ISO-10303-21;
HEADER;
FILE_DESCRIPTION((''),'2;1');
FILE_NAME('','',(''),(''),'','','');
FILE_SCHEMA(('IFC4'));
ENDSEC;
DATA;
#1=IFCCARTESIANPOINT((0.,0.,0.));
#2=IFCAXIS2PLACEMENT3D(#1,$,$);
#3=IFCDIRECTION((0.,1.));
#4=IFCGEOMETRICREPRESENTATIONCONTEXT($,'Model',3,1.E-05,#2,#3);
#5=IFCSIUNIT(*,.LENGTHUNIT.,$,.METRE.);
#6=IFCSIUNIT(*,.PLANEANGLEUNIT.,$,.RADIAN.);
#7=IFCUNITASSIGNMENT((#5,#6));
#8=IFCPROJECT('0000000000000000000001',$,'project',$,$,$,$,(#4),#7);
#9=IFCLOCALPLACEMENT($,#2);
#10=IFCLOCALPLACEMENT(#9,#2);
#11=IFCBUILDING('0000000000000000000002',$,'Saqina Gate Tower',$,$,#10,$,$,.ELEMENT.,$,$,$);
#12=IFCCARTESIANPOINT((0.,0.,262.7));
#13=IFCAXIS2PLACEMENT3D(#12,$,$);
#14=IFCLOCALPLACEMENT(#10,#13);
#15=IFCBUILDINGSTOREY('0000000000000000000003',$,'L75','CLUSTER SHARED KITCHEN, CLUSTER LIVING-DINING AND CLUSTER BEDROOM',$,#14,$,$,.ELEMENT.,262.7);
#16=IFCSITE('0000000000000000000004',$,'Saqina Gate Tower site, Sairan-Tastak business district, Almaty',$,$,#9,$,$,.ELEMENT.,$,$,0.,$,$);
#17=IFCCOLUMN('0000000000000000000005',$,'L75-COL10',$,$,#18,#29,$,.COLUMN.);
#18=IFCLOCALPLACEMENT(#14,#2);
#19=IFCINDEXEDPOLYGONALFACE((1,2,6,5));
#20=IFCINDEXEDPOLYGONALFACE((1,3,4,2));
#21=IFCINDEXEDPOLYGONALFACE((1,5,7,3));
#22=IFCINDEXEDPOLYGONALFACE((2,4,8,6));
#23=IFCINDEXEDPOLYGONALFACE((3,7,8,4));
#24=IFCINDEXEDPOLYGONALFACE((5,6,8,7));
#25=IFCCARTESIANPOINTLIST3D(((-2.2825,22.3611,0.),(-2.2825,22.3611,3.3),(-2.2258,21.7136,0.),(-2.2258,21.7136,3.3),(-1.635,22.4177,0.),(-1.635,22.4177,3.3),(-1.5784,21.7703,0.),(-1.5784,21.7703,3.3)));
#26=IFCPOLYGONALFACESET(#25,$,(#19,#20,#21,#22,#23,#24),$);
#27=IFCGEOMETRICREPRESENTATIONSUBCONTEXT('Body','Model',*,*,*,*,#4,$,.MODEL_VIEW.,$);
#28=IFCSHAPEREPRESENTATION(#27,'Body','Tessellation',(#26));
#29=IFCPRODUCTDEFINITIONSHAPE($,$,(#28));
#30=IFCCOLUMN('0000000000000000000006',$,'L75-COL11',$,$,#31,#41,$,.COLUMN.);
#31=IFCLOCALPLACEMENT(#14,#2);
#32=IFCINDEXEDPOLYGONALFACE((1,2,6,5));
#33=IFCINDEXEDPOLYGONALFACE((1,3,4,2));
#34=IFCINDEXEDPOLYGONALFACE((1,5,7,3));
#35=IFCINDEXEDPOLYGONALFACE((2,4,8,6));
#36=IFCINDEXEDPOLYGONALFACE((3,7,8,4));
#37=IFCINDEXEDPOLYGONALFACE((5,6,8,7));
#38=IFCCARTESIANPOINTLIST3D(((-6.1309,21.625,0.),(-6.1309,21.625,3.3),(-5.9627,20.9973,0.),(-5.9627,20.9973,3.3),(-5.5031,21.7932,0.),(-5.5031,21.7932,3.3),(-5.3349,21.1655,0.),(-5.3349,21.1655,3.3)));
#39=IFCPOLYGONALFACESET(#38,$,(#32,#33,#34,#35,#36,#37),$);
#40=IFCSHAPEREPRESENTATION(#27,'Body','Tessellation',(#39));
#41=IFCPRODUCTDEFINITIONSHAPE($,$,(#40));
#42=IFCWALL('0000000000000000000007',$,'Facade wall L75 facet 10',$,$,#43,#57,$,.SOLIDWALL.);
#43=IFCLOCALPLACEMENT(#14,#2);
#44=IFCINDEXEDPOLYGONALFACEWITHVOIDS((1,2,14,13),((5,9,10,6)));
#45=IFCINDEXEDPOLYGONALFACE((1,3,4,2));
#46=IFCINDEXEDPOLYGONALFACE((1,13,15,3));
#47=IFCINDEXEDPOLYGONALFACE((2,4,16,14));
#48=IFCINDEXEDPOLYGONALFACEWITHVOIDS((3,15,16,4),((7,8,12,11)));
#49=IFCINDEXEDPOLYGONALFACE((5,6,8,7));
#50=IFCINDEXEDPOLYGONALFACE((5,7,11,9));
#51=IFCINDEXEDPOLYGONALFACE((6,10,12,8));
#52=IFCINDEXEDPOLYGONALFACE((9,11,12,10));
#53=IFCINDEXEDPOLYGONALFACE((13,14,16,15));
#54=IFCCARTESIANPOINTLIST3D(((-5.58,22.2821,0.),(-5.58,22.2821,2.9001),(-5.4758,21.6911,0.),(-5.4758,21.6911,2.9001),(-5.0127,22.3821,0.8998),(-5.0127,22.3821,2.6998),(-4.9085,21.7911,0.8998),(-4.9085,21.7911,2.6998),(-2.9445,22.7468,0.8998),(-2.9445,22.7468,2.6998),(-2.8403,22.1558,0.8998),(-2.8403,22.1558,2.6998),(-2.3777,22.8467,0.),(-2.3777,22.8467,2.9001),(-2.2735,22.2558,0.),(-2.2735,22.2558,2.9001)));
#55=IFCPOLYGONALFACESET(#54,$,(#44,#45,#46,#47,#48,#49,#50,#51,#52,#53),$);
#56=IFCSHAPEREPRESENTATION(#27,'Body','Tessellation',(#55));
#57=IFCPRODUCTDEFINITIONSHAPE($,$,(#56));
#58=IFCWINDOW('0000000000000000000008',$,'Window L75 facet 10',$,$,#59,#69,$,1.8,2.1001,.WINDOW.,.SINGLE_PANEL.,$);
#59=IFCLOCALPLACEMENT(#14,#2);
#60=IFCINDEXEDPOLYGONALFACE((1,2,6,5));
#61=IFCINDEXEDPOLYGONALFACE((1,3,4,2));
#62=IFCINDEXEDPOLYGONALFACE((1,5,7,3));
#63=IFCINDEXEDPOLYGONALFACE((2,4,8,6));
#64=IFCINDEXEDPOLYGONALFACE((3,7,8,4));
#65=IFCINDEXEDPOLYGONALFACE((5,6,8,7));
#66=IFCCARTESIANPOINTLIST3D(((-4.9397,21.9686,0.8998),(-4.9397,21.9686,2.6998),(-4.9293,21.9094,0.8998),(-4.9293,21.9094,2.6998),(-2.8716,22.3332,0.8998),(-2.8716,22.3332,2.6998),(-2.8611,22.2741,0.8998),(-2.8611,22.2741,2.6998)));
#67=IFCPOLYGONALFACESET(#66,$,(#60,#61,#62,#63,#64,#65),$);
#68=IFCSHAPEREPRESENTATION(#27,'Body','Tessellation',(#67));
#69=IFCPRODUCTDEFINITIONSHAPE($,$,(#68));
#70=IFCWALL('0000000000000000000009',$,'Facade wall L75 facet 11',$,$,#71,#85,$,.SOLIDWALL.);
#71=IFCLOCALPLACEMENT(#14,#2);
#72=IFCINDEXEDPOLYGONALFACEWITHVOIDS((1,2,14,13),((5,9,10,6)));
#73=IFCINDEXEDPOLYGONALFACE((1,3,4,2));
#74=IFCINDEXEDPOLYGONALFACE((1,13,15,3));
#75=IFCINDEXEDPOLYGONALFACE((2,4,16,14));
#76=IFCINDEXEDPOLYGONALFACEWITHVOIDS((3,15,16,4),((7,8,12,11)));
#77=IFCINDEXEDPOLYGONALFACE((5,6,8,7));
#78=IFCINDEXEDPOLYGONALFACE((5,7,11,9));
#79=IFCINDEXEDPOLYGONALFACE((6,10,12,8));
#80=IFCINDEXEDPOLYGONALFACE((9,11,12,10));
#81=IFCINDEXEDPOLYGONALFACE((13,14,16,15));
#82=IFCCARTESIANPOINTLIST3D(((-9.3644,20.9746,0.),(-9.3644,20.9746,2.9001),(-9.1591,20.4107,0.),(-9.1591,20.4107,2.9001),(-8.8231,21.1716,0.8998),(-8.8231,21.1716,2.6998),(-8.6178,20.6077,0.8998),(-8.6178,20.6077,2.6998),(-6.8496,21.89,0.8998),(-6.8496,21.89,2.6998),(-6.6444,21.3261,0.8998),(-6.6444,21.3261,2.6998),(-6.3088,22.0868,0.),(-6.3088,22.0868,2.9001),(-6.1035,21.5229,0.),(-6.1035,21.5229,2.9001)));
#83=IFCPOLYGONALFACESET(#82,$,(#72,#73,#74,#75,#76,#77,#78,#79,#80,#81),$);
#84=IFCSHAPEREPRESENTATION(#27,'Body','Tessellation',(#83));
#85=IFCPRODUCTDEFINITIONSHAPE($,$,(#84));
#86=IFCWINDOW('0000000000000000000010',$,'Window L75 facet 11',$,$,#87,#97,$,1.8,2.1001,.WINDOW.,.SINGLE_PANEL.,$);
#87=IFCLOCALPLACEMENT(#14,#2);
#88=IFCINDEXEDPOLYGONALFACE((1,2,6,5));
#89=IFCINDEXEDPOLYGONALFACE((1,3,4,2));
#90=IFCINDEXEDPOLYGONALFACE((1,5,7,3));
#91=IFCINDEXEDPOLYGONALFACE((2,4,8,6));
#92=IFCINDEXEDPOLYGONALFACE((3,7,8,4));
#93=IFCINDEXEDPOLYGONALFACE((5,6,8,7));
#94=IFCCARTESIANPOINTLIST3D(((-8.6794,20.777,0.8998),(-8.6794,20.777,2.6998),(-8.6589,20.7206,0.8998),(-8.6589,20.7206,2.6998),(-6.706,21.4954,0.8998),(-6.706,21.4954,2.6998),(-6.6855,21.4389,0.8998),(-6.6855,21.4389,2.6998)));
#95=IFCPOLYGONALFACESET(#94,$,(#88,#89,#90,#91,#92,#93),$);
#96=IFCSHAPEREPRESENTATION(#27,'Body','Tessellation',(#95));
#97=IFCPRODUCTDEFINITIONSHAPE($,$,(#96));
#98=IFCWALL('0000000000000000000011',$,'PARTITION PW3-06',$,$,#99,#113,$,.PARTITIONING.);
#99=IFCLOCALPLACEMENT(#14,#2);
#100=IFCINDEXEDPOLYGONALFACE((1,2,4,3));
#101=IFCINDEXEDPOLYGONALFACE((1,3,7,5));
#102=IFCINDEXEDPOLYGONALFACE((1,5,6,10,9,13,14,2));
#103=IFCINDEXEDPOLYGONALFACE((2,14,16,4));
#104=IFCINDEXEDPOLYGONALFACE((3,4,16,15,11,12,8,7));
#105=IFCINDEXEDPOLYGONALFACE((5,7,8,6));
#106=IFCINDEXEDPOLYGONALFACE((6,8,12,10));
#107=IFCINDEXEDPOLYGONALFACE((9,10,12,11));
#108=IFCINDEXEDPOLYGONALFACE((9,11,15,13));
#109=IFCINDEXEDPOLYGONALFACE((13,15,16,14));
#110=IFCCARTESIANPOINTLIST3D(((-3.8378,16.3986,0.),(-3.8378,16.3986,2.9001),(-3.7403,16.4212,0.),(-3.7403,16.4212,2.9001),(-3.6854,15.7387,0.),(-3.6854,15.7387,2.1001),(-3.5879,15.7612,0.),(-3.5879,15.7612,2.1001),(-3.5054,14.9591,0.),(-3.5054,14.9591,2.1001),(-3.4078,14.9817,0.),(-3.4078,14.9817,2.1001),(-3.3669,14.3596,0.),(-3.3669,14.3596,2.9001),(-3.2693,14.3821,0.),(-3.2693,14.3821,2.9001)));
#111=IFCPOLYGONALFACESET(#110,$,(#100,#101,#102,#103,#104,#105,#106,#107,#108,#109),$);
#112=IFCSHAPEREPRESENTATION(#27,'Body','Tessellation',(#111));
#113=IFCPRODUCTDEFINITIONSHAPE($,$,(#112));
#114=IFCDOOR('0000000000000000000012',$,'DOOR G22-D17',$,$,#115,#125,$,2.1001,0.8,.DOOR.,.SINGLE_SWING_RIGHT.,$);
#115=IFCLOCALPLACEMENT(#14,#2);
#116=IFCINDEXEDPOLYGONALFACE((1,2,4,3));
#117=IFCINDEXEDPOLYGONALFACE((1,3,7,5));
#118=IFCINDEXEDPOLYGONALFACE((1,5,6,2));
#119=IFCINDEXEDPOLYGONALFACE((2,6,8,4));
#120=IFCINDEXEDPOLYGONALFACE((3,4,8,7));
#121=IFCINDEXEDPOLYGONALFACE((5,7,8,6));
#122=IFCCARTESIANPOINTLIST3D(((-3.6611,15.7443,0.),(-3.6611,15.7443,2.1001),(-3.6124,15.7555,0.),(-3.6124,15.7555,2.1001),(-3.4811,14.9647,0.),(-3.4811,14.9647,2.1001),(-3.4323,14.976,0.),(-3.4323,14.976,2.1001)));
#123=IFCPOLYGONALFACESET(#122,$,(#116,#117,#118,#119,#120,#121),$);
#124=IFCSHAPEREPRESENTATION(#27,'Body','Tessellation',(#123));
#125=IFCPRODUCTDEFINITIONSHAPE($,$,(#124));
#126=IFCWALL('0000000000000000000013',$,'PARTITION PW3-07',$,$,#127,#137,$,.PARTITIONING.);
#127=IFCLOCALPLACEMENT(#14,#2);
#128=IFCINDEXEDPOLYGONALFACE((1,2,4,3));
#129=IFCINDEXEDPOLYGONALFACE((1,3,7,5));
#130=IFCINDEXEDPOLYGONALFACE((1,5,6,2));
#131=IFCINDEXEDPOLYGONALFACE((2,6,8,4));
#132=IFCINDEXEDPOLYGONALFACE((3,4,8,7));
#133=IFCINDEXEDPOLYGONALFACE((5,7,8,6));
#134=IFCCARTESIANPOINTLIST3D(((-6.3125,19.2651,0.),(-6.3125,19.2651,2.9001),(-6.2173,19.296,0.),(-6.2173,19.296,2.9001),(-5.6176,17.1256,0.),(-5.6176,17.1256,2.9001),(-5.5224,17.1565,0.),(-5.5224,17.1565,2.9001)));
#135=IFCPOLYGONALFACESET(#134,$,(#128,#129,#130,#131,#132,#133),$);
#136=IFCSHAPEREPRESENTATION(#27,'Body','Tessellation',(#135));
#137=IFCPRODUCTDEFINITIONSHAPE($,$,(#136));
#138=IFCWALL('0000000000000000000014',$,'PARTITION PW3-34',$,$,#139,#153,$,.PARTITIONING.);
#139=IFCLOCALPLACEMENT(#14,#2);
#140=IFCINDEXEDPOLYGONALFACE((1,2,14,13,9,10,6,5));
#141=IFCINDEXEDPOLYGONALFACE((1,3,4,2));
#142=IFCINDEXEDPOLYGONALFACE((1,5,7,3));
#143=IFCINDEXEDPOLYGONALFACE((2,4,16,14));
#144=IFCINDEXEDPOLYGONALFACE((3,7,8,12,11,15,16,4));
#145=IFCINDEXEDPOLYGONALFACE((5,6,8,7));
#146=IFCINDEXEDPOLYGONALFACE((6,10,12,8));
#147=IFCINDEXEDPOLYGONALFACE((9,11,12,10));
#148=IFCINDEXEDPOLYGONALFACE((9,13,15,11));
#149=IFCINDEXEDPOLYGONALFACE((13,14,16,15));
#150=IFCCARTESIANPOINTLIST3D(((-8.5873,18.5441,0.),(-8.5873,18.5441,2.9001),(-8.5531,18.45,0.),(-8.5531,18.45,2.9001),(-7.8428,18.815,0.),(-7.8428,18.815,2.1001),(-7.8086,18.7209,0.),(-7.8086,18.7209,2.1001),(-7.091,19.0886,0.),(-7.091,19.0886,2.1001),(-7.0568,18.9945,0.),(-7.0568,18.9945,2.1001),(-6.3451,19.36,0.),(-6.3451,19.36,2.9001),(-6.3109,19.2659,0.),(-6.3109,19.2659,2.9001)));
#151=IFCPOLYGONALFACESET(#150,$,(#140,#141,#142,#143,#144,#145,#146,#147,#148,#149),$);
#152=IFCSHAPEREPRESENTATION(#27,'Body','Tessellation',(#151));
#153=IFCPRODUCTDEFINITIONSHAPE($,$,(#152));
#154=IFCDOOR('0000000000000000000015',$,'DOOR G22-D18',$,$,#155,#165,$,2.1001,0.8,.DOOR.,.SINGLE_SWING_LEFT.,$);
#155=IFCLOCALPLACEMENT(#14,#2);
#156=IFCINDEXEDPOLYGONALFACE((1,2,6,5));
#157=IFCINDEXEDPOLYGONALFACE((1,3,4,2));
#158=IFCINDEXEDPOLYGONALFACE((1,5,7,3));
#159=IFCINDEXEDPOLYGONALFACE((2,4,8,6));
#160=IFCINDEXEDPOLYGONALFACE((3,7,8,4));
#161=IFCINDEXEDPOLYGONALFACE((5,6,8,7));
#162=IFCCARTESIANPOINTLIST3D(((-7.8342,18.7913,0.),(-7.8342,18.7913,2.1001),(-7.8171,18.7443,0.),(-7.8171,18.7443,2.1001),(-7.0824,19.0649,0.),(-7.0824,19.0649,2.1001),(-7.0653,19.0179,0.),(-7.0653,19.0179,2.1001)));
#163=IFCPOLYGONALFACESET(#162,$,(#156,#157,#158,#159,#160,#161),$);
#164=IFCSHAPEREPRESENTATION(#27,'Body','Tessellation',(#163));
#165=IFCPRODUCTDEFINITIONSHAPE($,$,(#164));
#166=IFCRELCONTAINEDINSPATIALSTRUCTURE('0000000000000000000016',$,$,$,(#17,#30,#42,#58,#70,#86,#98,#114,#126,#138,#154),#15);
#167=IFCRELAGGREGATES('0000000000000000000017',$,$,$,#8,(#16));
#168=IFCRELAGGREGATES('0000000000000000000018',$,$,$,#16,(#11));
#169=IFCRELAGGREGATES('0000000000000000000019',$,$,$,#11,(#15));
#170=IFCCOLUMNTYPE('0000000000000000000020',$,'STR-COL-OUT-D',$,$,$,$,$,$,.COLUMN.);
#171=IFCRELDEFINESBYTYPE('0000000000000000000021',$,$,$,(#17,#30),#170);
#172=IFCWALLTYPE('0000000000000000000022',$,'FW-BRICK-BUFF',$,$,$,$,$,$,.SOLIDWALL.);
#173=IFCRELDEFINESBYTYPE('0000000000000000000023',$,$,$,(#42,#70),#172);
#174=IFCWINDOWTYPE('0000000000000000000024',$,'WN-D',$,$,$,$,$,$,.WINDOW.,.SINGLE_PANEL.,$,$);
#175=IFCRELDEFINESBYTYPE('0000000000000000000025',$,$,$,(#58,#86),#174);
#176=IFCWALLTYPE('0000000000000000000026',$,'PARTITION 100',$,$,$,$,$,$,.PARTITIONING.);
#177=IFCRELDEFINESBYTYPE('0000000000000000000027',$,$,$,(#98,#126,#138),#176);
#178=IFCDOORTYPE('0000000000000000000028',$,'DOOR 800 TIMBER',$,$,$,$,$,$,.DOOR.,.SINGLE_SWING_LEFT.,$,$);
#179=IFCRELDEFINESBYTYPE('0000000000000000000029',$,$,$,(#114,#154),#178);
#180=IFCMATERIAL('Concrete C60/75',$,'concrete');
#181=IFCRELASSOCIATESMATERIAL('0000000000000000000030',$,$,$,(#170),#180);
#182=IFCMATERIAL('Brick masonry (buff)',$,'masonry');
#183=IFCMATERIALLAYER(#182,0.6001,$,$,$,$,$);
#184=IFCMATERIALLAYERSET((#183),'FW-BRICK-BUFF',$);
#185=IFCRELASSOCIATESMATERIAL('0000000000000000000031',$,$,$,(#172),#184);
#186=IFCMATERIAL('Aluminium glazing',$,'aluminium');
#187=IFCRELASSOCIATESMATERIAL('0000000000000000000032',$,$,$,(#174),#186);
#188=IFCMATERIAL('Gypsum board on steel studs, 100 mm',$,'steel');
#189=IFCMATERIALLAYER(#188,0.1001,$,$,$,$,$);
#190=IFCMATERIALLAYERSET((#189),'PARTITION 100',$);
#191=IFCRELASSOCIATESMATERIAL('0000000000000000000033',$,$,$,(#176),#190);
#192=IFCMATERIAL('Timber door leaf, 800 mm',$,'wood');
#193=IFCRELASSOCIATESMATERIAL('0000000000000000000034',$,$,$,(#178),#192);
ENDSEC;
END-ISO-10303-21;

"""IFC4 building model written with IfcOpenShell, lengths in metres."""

from ifc_helpers import new_model, si_unit, direction, frame, frame_2d, origin, origin_2d, place, context, subcontext, project, spatial, rectangle, extrude, material, layer, layer_set, material_profile, profile_set, type_object, element, fill, save


model = new_model("IFC4")

# Units and contexts
model_context = context("Model", 3, precision=1e-05, world=origin(), true_north=direction((0.0, 1.0)))
body_context = subcontext(model_context, "Body", "Model", "MODEL_VIEW")
ifc_project = project(units=[si_unit("LENGTHUNIT", "METRE"), si_unit("PLANEANGLEUNIT", "RADIAN")], contexts=[model_context])

# Site, building, storey
site_placement = place(None, origin())
site = spatial("IfcSite", under=ifc_project, at=site_placement, Name="Saqina Gate Tower site, Sairan-Tastak business district, Almaty", CompositionType="ELEMENT", RefElevation=0.0)
building_placement = place(site_placement, origin())
building = spatial("IfcBuilding", under=site, at=building_placement, Name="Saqina Gate Tower", CompositionType="ELEMENT")
storey_placement = place(building_placement, frame((0.0, 0.0, 262.7)))
storey = spatial("IfcBuildingStorey", under=building, at=storey_placement, Name="L75", Description="CLUSTER SHARED KITCHEN, CLUSTER LIVING-DINING AND CLUSTER BEDROOM", CompositionType="ELEMENT", Elevation=262.7)

# Columns
ifc_material_1 = material(Name="Concrete C60/75", Category="concrete")
ifc_material_profile = material_profile(ifc_material_1, rectangle(XDim=0.6499, YDim=0.6499, at=origin_2d()), Name="RC 650x650")
ifc_profile_set = profile_set([ifc_material_profile], Name="Concrete C60/75")
column_type = type_object("IfcColumnType", Name="STR-COL-OUT-D", PredefinedType="COLUMN", material=ifc_profile_set)
for number, where, z_axis, x_axis, name in (
    (1, (-1.9304, 22.0657, 0.0), (0.0, 0.0, 1.0), (-0.087156, 0.996195, 0.0), "L75-COL10"),
    (2, (-5.7329, 21.3953, 0.0), (0.0, 0.0, 1.0), (-0.258819, 0.965926, 0.0), "L75-COL11"),
):
    element("IfcColumn", number, at=place(storey_placement, frame(where, z_axis=z_axis, x_axis=x_axis)), inside=storey, type_object=column_type, Name=name, PredefinedType="COLUMN", context=body_context, shape_type="SweptSolid", body=[
        extrude(rectangle(XDim=0.6499, YDim=0.6499, at=origin_2d()), origin(), (0.0, 0.0, 1.0), 3.3),
    ])

# Walls, openings, windows
ifc_material_2 = material(Name="Brick masonry (buff)", Category="masonry")
ifc_layer_1 = layer(ifc_material_2, 0.6001)
ifc_layer_set_1 = layer_set([ifc_layer_1], Name="FW-BRICK-BUFF")
wall_type_1 = type_object("IfcWallType", Name="FW-BRICK-BUFF", PredefinedType="SOLIDWALL", material=ifc_layer_set_1)
wall_1_placement = place(storey_placement, frame((-2.3254, 22.5513, 0.0), z_axis=(0.0, 0.0, 1.0), x_axis=(-0.984806, -0.173657, 0.0)))
wall_1 = element("IfcWall", 3, at=wall_1_placement, inside=storey, type_object=wall_type_1, Name="Facade wall L75 facet 10", PredefinedType="SOLIDWALL", context=body_context, shape_type="SweptSolid", body=[
    extrude(rectangle(XDim=3.2517, YDim=0.6001, at=frame_2d((1.626, 0.0))), origin(), (0.0, 0.0, 1.0), 2.9001),
])
opening_1_placement = place(wall_1_placement, frame((0.5757, 0.0, 0.8999)))
opening_1 = element("IfcOpeningElement", 4, at=opening_1_placement, cuts=wall_1, PredefinedType="OPENING", context=body_context, shape_type="SweptSolid", body=[
    extrude(rectangle(XDim=2.1001, YDim=1.8, at=frame_2d((1.05, 0.8999))), frame((0.0, 0.312, 0.0), z_axis=(0.0, -1.0, 0.0), x_axis=(1.0, 0.0, 0.0)), (0.0, 0.0, 1.0), 0.624),
])
ifc_material_3 = material(Name="Aluminium glazing", Category="aluminium")
window_type = type_object("IfcWindowType", Name="WN-D", PartitioningType="SINGLE_PANEL", PredefinedType="WINDOW", material=ifc_material_3)
window_1_placement = place(opening_1_placement, origin())
window_1 = element("IfcWindow", 5, at=window_1_placement, inside=storey, type_object=window_type, Name="Window L75 facet 10", OverallHeight=1.8, OverallWidth=2.1001, PartitioningType="SINGLE_PANEL", PredefinedType="WINDOW", context=body_context, shape_type="SweptSolid", body=[
    extrude(rectangle(XDim=2.1001, YDim=1.8, at=frame_2d((1.05, 0.8999))), frame((0.0, 0.1799, 0.0), z_axis=(0.0, -1.0, 0.0), x_axis=(1.0, 0.0, 0.0)), (0.0, 0.0, 1.0), 0.0601),
])
fill(opening_1, window_1)
wall_2_placement = place(storey_placement, frame((-6.2061, 21.8049, 0.0), z_axis=(0.0, 0.0, 1.0), x_axis=(-0.939679, -0.342057, 0.0)))
wall_2 = element("IfcWall", 6, at=wall_2_placement, inside=storey, type_object=wall_type_1, Name="Facade wall L75 facet 11", PredefinedType="SOLIDWALL", context=body_context, shape_type="SweptSolid", body=[
    extrude(rectangle(XDim=3.2517, YDim=0.6001, at=frame_2d((1.626, 0.0))), origin(), (0.0, 0.0, 1.0), 2.9001),
])
opening_2_placement = place(wall_2_placement, frame((0.5757, 0.0, 0.8999)))
opening_2 = element("IfcOpeningElement", 7, at=opening_2_placement, cuts=wall_2, PredefinedType="OPENING", context=body_context, shape_type="SweptSolid", body=[
    extrude(rectangle(XDim=2.1001, YDim=1.8, at=frame_2d((1.05, 0.8999))), frame((0.0, 0.312, 0.0), z_axis=(0.0, -1.0, 0.0), x_axis=(1.0, 0.0, 0.0)), (0.0, 0.0, 1.0), 0.624),
])
window_2_placement = place(opening_2_placement, origin())
window_2 = element("IfcWindow", 8, at=window_2_placement, inside=storey, type_object=window_type, Name="Window L75 facet 11", OverallHeight=1.8, OverallWidth=2.1001, PartitioningType="SINGLE_PANEL", PredefinedType="WINDOW", context=body_context, shape_type="SweptSolid", body=[
    extrude(rectangle(XDim=2.1001, YDim=1.8, at=frame_2d((1.05, 0.8999))), frame((0.0, 0.1799, 0.0), z_axis=(0.0, -1.0, 0.0), x_axis=(1.0, 0.0, 0.0)), (0.0, 0.0, 1.0), 0.0601),
])
fill(opening_2, window_2)

# Wall, opening, door
ifc_material_4 = material(Name="Gypsum board on steel studs, 100 mm", Category="steel")
ifc_layer_2 = layer(ifc_material_4, 0.1001)
ifc_layer_set_2 = layer_set([ifc_layer_2], Name="PARTITION 100")
wall_type_2 = type_object("IfcWallType", Name="PARTITION 100", PredefinedType="PARTITIONING", material=ifc_layer_set_2)
wall_3_placement = place(storey_placement, frame((-3.7891, 16.4099, 0.0), z_axis=(0.0, 0.0, 1.0), x_axis=(0.225038, -0.97435, 0.0)))
wall_3 = element("IfcWall", 9, at=wall_3_placement, inside=storey, type_object=wall_type_2, Name="PARTITION PW3-06", PredefinedType="PARTITIONING", context=body_context, shape_type="SweptSolid", body=[
    extrude(rectangle(XDim=2.0928, YDim=0.1001, at=frame_2d((1.0464, 0.0))), origin(), (0.0, 0.0, 1.0), 2.9001),
])
opening_3_placement = place(wall_3_placement, frame((0.6775, 0.0, 0.0)))
opening_3 = element("IfcOpeningElement", 10, at=opening_3_placement, cuts=wall_3, PredefinedType="OPENING", context=body_context, shape_type="SweptSolid", body=[
    extrude(rectangle(XDim=0.8, YDim=2.1001, at=frame_2d((0.3999, 1.05))), frame((0.0, 0.062, 0.0), z_axis=(0.0, -1.0, 0.0), x_axis=(1.0, 0.0, 0.0)), (0.0, 0.0, 1.0), 0.124),
])
ifc_material_5 = material(Name="Timber door leaf, 800 mm", Category="wood")
door_type_1 = type_object("IfcDoorType", Name="DOOR 800 TIMBER", OperationType="SINGLE_SWING_LEFT", PredefinedType="DOOR", material=ifc_material_5)
door_1_placement = place(opening_3_placement, origin())
door_1 = element("IfcDoor", 11, at=door_1_placement, inside=storey, type_object=door_type_1, Name="DOOR G22-D17", OperationType="SINGLE_SWING_RIGHT", OverallHeight=2.1001, OverallWidth=0.8, PredefinedType="DOOR", context=body_context, shape_type="SweptSolid", body=[
    extrude(rectangle(XDim=0.8, YDim=2.1001, at=frame_2d((0.3999, 1.05))), frame((0.0, 0.0249, 0.0), z_axis=(0.0, -1.0, 0.0), x_axis=(1.0, 0.0, 0.0)), (0.0, 0.0, 1.0), 0.05),
])
fill(opening_3, door_1)

# Wall
wall_4_placement = place(storey_placement, frame((-6.2649, 19.2805, 0.0), z_axis=(0.0, 0.0, 1.0), x_axis=(0.308892, -0.951097, 0.0)))
element("IfcWall", 12, at=wall_4_placement, inside=storey, type_object=wall_type_2, Name="PARTITION PW3-07", PredefinedType="PARTITIONING", context=body_context, shape_type="SweptSolid", body=[
    extrude(rectangle(XDim=2.2495, YDim=0.1001, at=frame_2d((1.1248, 0.0))), origin(), (0.0, 0.0, 1.0), 2.9001),
])

# Wall, opening, door
wall_5_placement = place(storey_placement, frame((-8.5701, 18.4971, 0.0), z_axis=(0.0, 0.0, 1.0), x_axis=(0.939716, 0.341957, 0.0)))
wall_5 = element("IfcWall", 13, at=wall_5_placement, inside=storey, type_object=wall_type_2, Name="PARTITION PW3-34", PredefinedType="PARTITIONING", context=body_context, shape_type="SweptSolid", body=[
    extrude(rectangle(XDim=2.386, YDim=0.1001, at=frame_2d((1.1929, 0.0))), origin(), (0.0, 0.0, 1.0), 2.9001),
])
opening_4_placement = place(wall_5_placement, frame((0.7922, 0.0, 0.0)))
opening_4 = element("IfcOpeningElement", 14, at=opening_4_placement, cuts=wall_5, PredefinedType="OPENING", context=body_context, shape_type="SweptSolid", body=[
    extrude(rectangle(XDim=0.8, YDim=2.1001, at=frame_2d((0.3999, 1.05))), frame((0.0, 0.062, 0.0), z_axis=(0.0, -1.0, 0.0), x_axis=(1.0, 0.0, 0.0)), (0.0, 0.0, 1.0), 0.124),
])
door_2_placement = place(opening_4_placement, origin())
door_2 = element("IfcDoor", 15, at=door_2_placement, inside=storey, type_object=door_type_1, Name="DOOR G22-D18", OperationType="SINGLE_SWING_LEFT", OverallHeight=2.1001, OverallWidth=0.8, PredefinedType="DOOR", context=body_context, shape_type="SweptSolid", body=[
    extrude(rectangle(XDim=0.8, YDim=2.1001, at=frame_2d((0.3999, 1.05))), frame((0.0, 0.0249, 0.0), z_axis=(0.0, -1.0, 0.0), x_axis=(1.0, 0.0, 0.0)), (0.0, 0.0, 1.0), 0.05),
])
fill(opening_4, door_2)

save(model, "model.ifc")
